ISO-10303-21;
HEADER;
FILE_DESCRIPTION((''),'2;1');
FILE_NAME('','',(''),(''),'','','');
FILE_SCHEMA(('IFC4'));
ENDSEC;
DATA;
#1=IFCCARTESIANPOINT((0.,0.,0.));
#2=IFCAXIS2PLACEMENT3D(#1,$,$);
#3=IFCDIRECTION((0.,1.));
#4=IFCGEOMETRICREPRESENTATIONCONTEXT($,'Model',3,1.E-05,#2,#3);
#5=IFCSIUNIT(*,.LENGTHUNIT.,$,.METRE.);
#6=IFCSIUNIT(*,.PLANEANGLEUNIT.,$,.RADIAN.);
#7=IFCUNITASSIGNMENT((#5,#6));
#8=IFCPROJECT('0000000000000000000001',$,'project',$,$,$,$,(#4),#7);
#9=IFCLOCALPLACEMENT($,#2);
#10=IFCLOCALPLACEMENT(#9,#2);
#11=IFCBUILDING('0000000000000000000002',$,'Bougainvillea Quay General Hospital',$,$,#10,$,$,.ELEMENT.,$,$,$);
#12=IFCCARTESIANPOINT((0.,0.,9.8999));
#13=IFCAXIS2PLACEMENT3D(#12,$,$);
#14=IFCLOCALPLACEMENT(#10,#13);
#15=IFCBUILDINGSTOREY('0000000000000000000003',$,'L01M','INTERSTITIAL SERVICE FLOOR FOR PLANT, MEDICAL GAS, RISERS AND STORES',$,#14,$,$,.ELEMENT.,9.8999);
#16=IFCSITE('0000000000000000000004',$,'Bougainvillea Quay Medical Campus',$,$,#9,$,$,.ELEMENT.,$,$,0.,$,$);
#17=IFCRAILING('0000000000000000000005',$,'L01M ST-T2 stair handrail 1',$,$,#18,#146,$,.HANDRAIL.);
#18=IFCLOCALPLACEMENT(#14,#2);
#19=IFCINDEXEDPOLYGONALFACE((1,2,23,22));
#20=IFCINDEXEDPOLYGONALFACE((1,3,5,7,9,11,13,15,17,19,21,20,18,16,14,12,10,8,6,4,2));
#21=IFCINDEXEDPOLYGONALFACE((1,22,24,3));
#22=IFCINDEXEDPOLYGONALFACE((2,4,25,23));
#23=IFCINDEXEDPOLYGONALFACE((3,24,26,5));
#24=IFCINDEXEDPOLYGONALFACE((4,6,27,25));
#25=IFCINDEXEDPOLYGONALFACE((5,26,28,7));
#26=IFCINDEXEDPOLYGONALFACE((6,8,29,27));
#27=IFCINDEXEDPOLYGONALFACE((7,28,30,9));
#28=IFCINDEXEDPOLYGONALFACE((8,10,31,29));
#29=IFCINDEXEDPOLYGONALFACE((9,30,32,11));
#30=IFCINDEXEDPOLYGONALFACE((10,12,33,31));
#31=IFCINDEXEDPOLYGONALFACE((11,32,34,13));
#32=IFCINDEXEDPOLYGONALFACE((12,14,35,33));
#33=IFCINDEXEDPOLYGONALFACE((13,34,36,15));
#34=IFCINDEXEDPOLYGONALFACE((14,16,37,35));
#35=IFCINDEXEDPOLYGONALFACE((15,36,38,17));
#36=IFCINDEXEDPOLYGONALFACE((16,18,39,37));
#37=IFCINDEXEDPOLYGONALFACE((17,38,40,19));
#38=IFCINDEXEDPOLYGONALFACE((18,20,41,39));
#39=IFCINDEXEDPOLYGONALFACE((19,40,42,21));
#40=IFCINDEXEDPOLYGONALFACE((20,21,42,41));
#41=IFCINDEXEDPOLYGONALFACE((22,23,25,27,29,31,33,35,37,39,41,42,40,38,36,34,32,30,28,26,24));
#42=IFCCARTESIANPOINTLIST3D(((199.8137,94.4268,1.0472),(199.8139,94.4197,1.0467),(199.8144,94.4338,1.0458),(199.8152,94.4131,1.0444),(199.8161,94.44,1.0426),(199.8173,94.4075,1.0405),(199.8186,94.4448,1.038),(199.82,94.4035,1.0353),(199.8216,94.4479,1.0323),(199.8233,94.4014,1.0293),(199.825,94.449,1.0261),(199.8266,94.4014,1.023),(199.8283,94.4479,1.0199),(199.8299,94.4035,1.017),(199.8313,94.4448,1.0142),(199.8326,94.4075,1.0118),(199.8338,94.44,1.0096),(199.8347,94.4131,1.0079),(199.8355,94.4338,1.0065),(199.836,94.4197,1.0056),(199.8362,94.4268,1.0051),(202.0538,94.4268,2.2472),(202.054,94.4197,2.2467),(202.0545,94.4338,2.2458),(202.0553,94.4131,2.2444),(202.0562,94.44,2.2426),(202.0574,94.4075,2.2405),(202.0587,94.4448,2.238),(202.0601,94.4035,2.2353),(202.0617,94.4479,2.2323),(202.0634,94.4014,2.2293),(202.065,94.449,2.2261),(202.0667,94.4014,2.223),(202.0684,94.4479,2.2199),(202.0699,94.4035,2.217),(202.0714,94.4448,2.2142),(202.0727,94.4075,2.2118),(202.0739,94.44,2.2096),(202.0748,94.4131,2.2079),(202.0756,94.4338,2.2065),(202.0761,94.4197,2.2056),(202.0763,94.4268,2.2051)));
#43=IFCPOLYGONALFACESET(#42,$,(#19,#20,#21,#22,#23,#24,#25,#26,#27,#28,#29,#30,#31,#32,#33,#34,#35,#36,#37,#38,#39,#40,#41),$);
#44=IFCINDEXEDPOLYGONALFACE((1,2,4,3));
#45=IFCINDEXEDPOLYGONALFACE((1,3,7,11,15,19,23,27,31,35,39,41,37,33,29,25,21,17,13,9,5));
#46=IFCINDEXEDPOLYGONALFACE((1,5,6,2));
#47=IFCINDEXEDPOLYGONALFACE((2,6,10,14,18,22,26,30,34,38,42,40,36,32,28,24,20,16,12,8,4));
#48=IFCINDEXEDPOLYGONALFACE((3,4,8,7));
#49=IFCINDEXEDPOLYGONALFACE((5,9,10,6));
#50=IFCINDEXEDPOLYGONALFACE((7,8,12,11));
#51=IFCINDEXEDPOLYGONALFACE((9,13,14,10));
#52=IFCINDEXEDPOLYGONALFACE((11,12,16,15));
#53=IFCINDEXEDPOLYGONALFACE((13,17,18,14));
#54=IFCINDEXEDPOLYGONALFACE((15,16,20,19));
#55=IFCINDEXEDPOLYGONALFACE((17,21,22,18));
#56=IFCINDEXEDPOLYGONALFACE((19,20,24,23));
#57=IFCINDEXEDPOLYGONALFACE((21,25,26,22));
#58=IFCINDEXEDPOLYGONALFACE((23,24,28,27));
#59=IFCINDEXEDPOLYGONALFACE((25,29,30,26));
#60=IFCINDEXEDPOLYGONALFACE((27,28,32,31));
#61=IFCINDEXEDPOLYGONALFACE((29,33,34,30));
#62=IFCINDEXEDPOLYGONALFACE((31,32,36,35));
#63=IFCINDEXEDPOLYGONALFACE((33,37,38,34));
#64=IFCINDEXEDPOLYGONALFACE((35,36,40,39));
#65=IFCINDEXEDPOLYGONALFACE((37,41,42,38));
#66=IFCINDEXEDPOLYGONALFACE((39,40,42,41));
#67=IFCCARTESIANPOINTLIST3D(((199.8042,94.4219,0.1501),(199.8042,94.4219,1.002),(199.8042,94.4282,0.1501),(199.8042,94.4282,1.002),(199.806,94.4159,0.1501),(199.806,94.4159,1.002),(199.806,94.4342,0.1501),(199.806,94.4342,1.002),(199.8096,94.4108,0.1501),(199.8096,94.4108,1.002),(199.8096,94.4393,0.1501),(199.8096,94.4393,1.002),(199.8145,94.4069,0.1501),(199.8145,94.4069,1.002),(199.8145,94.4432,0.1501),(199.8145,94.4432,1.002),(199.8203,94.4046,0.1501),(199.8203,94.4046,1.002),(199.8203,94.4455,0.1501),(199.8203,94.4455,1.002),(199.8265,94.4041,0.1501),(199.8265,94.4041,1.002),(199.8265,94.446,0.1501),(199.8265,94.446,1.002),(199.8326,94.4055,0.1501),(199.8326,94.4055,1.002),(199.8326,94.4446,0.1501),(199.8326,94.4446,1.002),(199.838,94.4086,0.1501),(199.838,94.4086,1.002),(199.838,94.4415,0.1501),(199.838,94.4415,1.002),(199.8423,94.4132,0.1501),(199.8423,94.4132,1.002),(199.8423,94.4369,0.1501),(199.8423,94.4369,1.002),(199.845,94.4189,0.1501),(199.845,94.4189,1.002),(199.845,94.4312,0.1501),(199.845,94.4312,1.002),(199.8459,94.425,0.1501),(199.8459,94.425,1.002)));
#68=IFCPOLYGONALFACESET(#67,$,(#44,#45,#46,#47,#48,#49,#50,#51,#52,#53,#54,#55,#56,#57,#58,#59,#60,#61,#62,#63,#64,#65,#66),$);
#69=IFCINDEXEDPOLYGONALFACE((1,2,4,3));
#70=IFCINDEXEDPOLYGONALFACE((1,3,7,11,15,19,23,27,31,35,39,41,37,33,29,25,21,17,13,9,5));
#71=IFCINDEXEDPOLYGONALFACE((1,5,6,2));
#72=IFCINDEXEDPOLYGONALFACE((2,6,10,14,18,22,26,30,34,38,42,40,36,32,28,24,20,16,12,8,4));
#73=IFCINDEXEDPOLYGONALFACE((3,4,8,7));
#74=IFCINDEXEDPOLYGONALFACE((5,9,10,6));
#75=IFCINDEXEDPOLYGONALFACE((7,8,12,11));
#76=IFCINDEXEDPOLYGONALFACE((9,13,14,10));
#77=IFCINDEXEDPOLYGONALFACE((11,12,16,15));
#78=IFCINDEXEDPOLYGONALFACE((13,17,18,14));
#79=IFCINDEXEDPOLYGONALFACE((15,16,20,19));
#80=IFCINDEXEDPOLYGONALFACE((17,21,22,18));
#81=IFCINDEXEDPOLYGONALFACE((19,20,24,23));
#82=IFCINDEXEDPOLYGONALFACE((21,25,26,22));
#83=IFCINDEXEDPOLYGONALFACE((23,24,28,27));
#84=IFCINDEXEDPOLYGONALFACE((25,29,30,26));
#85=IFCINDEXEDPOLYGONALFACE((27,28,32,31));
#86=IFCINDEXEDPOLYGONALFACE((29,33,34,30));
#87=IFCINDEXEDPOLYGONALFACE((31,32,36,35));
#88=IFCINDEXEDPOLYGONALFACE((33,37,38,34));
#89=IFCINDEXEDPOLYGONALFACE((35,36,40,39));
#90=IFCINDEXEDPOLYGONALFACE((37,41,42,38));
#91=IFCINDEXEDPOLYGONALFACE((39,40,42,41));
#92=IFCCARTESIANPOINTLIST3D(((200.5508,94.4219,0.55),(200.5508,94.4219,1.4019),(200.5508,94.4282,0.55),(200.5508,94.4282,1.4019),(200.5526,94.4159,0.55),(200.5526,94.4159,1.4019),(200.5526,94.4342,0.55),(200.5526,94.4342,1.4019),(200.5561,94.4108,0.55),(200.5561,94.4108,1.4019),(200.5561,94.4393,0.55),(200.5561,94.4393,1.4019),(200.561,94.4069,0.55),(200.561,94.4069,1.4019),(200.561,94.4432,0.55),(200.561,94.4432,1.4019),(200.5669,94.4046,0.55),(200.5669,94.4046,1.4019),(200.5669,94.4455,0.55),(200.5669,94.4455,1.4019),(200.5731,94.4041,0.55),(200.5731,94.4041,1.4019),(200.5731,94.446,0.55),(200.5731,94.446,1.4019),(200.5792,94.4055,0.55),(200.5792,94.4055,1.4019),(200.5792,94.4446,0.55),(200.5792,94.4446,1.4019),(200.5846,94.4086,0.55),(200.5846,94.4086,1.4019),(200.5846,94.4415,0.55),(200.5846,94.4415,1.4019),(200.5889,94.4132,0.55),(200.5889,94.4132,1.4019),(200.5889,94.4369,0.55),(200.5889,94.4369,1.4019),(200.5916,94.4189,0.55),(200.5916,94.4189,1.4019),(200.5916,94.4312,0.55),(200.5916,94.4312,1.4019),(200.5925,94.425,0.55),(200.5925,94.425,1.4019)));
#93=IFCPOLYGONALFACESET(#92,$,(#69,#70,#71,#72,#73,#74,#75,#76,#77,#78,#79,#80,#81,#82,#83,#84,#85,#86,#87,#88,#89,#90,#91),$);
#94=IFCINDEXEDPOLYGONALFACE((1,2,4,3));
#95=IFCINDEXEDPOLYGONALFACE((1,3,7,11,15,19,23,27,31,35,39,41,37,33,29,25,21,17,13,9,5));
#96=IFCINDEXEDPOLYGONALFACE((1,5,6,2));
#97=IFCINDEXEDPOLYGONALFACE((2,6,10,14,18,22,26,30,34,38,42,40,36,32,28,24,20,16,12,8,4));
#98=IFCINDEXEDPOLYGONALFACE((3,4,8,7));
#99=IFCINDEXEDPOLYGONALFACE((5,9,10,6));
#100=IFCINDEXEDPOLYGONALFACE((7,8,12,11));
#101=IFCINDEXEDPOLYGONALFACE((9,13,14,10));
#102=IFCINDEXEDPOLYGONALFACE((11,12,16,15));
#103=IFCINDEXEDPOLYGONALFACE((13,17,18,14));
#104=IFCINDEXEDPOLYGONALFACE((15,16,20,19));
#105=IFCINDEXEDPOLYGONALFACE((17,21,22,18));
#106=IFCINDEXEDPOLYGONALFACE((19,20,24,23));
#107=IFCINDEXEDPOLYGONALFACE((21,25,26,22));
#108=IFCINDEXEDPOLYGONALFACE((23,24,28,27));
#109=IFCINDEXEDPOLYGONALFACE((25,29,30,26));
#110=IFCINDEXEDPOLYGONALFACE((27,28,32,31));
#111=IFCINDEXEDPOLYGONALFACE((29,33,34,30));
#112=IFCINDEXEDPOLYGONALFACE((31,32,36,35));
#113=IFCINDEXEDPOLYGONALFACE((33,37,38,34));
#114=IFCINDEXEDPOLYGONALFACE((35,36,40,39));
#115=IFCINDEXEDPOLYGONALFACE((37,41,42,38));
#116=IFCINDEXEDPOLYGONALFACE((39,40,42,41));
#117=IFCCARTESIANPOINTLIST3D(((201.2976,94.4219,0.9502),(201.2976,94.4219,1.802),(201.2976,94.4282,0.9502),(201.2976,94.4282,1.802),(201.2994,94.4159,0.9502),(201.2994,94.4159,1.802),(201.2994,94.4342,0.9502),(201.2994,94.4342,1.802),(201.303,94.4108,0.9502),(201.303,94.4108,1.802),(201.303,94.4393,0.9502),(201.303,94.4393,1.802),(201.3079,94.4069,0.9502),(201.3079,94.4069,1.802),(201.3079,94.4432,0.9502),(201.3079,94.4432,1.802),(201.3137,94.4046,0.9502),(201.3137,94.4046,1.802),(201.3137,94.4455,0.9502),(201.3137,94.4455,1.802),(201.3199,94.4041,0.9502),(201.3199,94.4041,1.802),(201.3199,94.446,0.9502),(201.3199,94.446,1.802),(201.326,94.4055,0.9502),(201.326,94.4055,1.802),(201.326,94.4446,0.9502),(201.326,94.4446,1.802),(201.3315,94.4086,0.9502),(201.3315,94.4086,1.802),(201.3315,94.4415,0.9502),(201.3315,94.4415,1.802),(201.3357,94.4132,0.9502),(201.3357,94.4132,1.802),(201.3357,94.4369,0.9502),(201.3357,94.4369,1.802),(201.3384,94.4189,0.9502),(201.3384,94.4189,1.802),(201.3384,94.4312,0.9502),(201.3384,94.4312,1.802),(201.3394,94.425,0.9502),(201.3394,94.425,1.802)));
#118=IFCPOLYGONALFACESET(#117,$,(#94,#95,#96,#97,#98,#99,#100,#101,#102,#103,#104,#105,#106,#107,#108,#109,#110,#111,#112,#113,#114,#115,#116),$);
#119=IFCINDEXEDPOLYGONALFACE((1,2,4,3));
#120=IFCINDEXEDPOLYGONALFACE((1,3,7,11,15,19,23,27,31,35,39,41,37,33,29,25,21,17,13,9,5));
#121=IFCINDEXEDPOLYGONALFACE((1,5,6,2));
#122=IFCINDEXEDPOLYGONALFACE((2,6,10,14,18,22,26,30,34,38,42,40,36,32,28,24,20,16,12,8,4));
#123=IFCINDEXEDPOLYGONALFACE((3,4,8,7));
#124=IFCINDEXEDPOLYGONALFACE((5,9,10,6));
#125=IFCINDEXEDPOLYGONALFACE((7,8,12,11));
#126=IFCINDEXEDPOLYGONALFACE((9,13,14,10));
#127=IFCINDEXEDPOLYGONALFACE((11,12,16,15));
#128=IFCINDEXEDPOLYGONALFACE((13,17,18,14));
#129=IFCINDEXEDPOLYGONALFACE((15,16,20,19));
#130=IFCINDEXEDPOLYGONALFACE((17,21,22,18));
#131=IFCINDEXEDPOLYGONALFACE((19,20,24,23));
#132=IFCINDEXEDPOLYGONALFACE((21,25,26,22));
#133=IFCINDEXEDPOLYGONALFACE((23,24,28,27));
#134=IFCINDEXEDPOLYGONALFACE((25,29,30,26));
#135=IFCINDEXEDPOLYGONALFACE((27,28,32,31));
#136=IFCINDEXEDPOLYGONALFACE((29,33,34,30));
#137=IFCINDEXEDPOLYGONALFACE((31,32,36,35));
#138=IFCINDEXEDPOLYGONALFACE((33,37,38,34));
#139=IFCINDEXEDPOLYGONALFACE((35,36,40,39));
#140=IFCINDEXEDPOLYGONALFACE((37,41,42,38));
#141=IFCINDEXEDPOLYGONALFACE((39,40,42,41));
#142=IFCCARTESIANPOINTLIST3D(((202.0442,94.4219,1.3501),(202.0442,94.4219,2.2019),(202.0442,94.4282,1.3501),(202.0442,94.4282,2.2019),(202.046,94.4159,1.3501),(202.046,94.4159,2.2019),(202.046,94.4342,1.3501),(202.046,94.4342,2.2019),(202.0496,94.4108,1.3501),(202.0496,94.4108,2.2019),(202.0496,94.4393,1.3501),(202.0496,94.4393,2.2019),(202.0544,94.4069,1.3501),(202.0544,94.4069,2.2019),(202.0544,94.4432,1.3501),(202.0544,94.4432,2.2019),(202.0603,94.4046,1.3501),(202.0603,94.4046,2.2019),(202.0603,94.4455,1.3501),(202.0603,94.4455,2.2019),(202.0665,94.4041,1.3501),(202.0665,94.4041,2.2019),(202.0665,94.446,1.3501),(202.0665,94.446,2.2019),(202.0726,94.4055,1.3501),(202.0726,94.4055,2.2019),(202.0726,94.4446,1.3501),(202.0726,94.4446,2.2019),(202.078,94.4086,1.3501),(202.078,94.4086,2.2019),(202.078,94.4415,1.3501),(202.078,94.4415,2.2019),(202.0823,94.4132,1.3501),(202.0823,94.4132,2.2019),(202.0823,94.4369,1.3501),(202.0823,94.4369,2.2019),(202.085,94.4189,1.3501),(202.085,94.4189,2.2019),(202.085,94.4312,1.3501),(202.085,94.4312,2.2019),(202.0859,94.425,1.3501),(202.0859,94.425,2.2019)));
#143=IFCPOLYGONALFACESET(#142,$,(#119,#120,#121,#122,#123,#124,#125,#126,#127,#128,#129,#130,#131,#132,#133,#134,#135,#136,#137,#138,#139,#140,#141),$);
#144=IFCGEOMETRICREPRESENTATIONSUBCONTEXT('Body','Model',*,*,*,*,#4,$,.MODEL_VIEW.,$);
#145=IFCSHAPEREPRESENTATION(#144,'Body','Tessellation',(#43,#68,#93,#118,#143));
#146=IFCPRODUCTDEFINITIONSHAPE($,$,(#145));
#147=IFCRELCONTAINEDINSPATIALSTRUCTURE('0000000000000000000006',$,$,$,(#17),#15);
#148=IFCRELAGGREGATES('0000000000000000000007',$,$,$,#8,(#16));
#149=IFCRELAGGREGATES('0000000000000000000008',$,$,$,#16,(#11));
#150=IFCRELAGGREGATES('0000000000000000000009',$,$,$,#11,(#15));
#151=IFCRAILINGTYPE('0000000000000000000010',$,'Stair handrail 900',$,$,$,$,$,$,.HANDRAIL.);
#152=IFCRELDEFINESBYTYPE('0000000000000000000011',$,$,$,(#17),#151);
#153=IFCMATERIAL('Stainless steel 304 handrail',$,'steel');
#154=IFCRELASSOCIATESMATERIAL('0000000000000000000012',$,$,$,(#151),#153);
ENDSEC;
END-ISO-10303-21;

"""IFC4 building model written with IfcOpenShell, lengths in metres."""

from ifc_helpers import new_model, si_unit, direction, frame, origin, origin_2d, place, context, subcontext, project, spatial, circle, extrude, material, type_object, element, save


model = new_model("IFC4")

# Units and contexts
model_context = context("Model", 3, precision=1e-05, world=origin(), true_north=direction((0.0, 1.0)))
body_context = subcontext(model_context, "Body", "Model", "MODEL_VIEW")
ifc_project = project(units=[si_unit("LENGTHUNIT", "METRE"), si_unit("PLANEANGLEUNIT", "RADIAN")], contexts=[model_context])

# Site, building, storey
site_placement = place(None, origin())
site = spatial("IfcSite", under=ifc_project, at=site_placement, Name="Bougainvillea Quay Medical Campus", CompositionType="ELEMENT", RefElevation=0.0)
building_placement = place(site_placement, origin())
building = spatial("IfcBuilding", under=site, at=building_placement, Name="Bougainvillea Quay General Hospital", CompositionType="ELEMENT")
storey_placement = place(building_placement, frame((0.0, 0.0, 9.8999)))
storey = spatial("IfcBuildingStorey", under=building, at=storey_placement, Name="L01M", Description="INTERSTITIAL SERVICE FLOOR FOR PLANT, MEDICAL GAS, RISERS AND STORES", CompositionType="ELEMENT", Elevation=9.8999)

# Railing
ifc_material_1 = material(Name="Stainless steel 304 handrail", Category="steel")
railing_type_1 = type_object("IfcRailingType", Name="Stair handrail 900", PredefinedType="HANDRAIL", material=ifc_material_1)
railing_1_placement = place(storey_placement, frame((199.825, 94.425, 0.1501)))
element("IfcRailing", 1, at=railing_1_placement, inside=storey, type_object=railing_type_1, Name="L01M ST-T2 stair handrail 1", PredefinedType="HANDRAIL", context=body_context, shape_type="SweptSolid", body=[
    extrude(circle(Radius=0.0239, at=origin_2d()), frame((0.0, 0.0, 0.876), z_axis=(0.881487, 0.0, 0.472208), x_axis=(0.0, 1.0, 0.0)), (0.0, 0.0, 1.0), 2.5413),
    extrude(circle(Radius=0.021, at=origin_2d()), origin(), (0.0, 0.0, 1.0), 0.8518),
    extrude(circle(Radius=0.021, at=origin_2d()), frame((0.7466, 0.0, 0.3999)), (0.0, 0.0, 1.0), 0.8518),
    extrude(circle(Radius=0.021, at=origin_2d()), frame((1.4934, 0.0, 0.8)), (0.0, 0.0, 1.0), 0.8518),
    extrude(circle(Radius=0.021, at=origin_2d()), frame((2.24, 0.0, 1.2)), (0.0, 0.0, 1.0), 0.8518),
])

save(model, "model.ifc")
